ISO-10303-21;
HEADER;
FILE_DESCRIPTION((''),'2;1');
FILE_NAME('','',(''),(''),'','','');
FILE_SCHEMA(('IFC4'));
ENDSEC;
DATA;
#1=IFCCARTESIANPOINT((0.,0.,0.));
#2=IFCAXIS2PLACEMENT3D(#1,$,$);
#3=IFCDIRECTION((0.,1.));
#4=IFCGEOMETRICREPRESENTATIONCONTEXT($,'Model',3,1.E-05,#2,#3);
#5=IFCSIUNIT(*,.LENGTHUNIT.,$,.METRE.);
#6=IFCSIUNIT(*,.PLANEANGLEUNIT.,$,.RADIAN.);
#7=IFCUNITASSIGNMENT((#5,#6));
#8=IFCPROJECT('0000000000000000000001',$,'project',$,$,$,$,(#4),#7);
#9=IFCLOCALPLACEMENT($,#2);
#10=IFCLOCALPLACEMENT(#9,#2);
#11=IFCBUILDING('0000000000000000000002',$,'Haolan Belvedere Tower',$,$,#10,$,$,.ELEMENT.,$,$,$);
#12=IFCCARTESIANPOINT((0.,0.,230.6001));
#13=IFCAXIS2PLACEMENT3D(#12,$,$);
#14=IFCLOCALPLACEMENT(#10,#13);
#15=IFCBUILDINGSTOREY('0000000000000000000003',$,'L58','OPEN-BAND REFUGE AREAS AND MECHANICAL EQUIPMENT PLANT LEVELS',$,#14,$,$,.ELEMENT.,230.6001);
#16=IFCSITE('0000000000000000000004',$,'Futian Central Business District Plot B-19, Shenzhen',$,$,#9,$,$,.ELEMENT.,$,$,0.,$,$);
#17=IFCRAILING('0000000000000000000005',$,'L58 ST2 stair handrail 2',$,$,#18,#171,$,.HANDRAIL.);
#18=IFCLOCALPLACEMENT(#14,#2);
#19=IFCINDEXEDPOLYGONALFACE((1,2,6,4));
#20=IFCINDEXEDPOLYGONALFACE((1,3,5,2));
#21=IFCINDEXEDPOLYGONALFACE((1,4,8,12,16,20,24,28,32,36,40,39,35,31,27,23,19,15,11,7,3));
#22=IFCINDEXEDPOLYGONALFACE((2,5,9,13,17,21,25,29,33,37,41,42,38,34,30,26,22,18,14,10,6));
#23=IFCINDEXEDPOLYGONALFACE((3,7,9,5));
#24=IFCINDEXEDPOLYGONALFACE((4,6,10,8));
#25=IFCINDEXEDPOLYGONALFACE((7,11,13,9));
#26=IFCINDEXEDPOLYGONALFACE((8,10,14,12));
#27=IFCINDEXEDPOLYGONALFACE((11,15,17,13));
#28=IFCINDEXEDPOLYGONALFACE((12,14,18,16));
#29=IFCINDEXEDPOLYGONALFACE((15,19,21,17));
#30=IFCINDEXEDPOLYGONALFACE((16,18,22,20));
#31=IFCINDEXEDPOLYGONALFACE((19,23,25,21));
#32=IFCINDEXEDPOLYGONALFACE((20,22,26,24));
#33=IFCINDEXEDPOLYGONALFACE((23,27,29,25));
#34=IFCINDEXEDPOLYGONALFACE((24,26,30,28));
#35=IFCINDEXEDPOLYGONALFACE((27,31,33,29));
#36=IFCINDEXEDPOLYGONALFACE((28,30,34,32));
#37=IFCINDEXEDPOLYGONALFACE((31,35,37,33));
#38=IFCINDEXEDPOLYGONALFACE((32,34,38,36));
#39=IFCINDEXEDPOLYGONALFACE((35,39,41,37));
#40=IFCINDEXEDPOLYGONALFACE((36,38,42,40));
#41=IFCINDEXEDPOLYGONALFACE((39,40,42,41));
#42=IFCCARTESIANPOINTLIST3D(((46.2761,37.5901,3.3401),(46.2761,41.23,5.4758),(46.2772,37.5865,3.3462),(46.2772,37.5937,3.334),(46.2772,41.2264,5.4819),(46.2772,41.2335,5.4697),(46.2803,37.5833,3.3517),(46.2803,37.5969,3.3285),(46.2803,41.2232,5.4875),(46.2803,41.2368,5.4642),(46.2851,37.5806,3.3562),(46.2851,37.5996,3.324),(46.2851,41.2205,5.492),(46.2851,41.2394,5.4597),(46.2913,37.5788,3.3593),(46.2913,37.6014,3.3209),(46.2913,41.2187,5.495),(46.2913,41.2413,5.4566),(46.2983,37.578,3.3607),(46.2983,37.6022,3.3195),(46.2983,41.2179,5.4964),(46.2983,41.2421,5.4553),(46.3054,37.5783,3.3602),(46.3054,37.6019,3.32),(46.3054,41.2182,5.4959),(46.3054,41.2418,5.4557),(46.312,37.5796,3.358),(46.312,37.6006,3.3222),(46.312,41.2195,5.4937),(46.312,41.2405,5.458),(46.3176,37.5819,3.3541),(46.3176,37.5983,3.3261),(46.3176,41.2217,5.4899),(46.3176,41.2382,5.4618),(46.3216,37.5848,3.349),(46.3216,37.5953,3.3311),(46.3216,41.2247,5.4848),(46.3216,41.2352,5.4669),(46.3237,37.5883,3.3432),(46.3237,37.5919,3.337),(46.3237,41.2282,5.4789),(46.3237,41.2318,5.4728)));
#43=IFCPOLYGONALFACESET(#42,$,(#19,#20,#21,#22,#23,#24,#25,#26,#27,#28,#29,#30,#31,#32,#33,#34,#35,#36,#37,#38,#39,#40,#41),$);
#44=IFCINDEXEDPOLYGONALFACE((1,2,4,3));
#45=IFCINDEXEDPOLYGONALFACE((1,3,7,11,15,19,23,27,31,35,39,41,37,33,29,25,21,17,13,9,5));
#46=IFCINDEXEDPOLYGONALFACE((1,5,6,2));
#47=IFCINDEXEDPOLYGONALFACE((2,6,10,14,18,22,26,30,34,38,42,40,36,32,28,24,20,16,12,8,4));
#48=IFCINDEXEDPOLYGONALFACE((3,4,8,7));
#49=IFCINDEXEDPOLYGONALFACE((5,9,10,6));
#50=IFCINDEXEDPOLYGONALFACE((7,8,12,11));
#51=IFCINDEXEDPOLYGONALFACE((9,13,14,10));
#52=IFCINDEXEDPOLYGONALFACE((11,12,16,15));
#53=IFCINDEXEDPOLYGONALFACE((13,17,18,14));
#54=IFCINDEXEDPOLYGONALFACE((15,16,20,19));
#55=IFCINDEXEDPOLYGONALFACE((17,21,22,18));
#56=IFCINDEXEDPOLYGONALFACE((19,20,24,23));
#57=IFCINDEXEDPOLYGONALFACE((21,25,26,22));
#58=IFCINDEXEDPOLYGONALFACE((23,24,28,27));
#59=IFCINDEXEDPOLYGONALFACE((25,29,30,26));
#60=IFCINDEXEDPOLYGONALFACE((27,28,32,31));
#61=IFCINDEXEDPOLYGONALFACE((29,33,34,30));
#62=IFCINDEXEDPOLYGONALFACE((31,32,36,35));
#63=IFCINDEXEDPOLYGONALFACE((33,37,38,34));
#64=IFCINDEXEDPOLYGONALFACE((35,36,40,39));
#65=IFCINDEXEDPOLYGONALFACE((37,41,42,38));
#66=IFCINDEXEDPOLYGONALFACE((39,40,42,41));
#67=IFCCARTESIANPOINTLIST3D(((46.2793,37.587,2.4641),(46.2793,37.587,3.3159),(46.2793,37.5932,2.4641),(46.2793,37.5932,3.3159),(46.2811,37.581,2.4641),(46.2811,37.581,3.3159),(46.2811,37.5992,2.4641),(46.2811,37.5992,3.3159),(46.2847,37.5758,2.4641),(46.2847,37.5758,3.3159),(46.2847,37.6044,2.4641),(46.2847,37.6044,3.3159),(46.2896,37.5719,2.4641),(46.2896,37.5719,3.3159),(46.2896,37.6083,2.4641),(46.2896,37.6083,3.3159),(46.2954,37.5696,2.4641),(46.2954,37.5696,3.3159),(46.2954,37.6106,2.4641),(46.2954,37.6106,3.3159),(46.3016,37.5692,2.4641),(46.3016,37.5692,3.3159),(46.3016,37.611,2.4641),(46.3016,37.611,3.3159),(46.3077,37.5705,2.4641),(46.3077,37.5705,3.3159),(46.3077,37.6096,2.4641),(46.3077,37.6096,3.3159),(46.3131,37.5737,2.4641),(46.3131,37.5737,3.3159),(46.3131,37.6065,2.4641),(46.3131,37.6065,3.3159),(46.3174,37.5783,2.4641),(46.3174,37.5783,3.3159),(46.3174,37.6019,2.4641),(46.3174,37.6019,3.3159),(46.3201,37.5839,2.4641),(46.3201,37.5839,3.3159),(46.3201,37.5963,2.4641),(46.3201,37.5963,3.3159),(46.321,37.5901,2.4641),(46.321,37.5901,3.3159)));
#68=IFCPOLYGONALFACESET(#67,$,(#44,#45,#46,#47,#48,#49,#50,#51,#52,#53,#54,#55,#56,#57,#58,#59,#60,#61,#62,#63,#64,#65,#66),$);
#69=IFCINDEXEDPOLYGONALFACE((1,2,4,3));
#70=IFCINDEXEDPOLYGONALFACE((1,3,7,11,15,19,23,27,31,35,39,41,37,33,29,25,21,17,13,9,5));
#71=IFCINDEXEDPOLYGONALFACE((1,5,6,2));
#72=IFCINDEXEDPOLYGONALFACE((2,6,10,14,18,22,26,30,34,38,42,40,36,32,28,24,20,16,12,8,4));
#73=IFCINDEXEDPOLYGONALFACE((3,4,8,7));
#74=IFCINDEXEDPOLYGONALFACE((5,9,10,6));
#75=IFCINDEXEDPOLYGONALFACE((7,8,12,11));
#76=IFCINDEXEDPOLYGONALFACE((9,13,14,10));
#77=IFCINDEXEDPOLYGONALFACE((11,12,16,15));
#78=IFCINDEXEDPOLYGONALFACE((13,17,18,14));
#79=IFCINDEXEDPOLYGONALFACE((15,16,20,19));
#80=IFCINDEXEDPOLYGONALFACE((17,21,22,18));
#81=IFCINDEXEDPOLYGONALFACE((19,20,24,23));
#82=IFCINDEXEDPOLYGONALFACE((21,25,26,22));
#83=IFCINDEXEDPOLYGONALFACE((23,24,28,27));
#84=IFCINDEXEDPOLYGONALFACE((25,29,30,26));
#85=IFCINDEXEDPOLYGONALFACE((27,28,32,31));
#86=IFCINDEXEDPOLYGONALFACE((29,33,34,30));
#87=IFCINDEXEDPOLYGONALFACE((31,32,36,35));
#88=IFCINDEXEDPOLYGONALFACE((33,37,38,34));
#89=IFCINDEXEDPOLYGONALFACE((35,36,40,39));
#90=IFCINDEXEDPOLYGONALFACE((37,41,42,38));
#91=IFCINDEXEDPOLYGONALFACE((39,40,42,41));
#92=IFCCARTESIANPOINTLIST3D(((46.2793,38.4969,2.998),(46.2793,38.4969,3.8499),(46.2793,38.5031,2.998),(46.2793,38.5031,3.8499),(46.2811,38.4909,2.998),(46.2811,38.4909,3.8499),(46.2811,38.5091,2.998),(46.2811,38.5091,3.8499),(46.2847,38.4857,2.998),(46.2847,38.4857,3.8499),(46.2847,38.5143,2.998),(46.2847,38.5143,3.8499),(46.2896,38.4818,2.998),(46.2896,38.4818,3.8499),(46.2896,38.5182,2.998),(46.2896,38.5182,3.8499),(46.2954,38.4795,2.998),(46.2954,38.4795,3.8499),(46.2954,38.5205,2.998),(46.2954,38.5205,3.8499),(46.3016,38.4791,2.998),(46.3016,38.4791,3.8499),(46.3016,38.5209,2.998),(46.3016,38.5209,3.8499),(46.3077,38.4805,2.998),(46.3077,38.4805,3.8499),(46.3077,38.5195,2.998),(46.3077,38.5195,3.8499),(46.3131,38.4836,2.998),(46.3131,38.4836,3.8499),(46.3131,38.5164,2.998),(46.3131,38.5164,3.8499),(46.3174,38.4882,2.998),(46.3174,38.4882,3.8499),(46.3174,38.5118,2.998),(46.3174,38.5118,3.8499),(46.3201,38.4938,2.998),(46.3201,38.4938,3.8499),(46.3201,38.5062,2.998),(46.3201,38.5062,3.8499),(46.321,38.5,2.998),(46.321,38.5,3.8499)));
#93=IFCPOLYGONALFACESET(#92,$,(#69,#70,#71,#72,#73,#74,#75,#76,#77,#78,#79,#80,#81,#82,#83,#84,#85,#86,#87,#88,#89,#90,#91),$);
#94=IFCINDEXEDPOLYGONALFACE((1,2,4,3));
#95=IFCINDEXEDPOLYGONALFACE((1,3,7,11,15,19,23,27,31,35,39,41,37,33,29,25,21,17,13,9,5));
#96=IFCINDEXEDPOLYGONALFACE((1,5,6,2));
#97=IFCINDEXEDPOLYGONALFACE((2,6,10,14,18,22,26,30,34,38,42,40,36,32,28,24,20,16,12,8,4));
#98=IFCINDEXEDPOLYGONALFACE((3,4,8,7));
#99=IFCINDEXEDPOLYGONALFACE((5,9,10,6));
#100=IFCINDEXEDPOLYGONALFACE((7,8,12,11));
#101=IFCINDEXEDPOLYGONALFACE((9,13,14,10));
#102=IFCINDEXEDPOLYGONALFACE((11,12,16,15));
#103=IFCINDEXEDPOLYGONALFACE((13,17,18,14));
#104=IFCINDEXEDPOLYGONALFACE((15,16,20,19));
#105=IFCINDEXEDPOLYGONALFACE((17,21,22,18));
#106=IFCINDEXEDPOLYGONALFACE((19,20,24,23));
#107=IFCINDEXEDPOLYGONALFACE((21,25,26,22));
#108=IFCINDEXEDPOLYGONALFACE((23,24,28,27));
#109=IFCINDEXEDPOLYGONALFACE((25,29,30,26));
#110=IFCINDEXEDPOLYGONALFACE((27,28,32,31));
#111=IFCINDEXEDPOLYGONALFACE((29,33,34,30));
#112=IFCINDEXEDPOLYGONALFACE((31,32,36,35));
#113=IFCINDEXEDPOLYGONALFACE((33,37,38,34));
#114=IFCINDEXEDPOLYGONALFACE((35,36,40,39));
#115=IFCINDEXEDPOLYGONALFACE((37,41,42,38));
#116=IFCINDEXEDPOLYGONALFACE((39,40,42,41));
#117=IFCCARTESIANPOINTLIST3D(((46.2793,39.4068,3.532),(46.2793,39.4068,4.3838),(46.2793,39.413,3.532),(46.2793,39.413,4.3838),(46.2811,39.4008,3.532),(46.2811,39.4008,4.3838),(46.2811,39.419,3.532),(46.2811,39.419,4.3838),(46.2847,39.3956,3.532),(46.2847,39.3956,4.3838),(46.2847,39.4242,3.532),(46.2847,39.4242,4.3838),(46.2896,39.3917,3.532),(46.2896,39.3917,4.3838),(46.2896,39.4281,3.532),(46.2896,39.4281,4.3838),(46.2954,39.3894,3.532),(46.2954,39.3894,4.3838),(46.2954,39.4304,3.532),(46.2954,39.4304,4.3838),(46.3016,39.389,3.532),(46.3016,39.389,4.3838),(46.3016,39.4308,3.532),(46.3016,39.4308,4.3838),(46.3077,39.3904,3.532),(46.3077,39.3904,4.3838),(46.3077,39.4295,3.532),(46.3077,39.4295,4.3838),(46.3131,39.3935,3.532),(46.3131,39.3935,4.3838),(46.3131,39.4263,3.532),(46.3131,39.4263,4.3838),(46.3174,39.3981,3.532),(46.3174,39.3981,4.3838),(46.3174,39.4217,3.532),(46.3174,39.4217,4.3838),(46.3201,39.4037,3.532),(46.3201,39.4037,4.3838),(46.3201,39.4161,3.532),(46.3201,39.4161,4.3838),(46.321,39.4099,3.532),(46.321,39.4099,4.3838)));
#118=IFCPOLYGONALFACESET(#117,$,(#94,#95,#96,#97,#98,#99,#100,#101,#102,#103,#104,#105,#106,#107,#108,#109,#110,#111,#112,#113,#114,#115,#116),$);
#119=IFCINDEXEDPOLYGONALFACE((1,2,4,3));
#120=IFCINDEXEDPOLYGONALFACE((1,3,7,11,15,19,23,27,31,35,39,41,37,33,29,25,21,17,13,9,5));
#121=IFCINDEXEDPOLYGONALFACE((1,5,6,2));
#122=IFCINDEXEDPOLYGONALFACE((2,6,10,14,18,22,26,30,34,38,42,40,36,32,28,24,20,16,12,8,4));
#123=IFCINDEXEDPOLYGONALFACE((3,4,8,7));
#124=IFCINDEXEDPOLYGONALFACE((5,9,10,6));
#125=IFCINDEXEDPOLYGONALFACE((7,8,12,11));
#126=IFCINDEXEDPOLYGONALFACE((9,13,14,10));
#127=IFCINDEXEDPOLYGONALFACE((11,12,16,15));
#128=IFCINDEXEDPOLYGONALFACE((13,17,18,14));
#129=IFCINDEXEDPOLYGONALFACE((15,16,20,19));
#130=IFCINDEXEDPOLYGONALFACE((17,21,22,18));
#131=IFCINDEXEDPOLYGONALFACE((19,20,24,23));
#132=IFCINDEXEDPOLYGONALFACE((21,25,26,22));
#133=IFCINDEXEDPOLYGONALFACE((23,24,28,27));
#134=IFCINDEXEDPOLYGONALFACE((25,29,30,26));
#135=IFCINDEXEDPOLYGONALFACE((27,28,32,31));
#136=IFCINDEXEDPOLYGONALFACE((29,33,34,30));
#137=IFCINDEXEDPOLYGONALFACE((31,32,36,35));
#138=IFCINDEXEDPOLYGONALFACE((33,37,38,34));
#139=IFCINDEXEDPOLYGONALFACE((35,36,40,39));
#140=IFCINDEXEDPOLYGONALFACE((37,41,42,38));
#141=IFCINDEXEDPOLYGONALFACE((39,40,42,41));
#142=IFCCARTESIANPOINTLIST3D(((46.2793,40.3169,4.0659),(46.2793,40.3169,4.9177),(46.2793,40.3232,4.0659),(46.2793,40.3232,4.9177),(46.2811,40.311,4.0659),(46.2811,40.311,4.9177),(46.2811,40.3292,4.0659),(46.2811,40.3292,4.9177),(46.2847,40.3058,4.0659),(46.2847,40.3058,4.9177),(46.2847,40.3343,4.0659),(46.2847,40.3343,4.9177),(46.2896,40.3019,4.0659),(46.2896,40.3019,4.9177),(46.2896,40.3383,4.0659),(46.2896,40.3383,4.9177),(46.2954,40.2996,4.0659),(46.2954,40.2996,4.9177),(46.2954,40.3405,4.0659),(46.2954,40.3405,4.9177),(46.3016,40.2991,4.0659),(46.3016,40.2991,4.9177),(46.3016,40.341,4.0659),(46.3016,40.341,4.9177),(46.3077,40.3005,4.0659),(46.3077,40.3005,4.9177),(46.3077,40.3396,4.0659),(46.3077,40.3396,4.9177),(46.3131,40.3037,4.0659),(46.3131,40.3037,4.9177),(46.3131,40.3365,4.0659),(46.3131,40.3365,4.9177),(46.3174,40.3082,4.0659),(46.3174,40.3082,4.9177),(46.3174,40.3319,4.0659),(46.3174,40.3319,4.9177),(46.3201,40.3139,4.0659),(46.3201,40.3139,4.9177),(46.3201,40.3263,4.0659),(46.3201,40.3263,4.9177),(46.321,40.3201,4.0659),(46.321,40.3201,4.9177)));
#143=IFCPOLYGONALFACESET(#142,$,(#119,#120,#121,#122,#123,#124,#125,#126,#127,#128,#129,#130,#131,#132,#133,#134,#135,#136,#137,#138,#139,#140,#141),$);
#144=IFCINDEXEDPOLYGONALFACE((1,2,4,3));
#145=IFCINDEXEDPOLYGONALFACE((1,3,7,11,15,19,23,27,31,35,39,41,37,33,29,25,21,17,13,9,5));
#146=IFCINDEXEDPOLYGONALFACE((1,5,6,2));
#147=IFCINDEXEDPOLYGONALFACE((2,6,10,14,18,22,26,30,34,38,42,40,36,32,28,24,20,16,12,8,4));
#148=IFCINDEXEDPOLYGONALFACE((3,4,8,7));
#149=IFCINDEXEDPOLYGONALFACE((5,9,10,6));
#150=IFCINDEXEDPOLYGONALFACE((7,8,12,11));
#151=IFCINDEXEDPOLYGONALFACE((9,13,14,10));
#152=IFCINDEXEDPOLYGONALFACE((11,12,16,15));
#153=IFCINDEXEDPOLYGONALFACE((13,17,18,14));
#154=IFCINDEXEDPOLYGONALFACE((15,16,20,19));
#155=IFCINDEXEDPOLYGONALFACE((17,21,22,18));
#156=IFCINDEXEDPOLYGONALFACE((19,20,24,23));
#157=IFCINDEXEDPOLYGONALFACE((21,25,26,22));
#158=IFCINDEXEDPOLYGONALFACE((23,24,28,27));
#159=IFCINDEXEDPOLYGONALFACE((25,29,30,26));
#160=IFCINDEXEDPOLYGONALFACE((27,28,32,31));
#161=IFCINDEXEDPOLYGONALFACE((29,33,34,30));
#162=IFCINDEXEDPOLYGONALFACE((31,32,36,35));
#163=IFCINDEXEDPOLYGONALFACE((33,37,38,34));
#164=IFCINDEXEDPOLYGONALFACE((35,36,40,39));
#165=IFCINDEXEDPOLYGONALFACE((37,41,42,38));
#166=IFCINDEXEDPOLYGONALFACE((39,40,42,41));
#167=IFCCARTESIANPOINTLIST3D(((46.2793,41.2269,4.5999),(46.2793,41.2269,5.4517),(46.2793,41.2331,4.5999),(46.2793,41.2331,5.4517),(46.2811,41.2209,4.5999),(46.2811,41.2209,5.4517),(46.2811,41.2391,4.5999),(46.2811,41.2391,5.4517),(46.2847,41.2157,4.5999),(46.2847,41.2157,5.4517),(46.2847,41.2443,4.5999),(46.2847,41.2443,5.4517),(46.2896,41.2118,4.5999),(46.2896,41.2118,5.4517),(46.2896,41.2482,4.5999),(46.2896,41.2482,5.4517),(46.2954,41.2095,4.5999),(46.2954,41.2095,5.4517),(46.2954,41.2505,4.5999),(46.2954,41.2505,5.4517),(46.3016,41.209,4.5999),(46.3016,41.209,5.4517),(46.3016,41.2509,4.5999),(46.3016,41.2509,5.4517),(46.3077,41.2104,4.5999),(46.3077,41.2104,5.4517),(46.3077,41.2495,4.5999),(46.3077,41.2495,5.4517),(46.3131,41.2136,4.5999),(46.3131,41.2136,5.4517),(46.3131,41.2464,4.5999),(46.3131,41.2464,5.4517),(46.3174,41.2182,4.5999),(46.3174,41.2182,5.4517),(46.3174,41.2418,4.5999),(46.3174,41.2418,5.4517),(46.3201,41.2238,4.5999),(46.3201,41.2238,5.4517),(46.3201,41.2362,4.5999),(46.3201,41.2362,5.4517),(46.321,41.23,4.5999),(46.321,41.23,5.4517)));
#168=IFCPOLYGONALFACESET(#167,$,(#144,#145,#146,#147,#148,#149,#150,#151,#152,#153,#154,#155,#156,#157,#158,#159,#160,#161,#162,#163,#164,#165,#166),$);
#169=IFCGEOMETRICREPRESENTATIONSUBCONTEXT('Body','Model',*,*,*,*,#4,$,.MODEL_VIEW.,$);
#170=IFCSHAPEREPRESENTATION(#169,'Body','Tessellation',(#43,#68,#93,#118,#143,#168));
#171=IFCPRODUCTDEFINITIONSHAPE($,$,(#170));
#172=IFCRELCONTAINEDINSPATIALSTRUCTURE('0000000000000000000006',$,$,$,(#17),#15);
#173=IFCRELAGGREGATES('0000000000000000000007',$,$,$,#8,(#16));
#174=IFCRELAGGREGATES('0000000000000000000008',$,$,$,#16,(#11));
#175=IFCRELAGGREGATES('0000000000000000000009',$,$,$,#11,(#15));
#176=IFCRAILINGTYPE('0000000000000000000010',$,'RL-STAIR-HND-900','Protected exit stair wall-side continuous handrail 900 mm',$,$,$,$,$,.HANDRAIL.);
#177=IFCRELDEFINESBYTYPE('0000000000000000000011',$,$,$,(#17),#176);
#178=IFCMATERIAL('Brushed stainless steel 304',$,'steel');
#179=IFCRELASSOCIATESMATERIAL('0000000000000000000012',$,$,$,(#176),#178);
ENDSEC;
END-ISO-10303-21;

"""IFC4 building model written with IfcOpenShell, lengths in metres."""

from ifc_helpers import new_model, si_unit, direction, frame, origin, origin_2d, place, context, subcontext, project, spatial, circle, extrude, material, type_object, element, save


model = new_model("IFC4")

# Units and contexts
model_context = context("Model", 3, precision=1e-05, world=origin(), true_north=direction((0.0, 1.0)))
body_context = subcontext(model_context, "Body", "Model", "MODEL_VIEW")
ifc_project = project(units=[si_unit("LENGTHUNIT", "METRE"), si_unit("PLANEANGLEUNIT", "RADIAN")], contexts=[model_context])

# Site, building, storey
site_placement = place(None, origin())
site = spatial("IfcSite", under=ifc_project, at=site_placement, Name="Futian Central Business District Plot B-19, Shenzhen", CompositionType="ELEMENT", RefElevation=0.0)
building_placement = place(site_placement, origin())
building = spatial("IfcBuilding", under=site, at=building_placement, Name="Haolan Belvedere Tower", CompositionType="ELEMENT")
storey_placement = place(building_placement, frame((0.0, 0.0, 230.6001)))
storey = spatial("IfcBuildingStorey", under=building, at=storey_placement, Name="L58", Description="OPEN-BAND REFUGE AREAS AND MECHANICAL EQUIPMENT PLANT LEVELS", CompositionType="ELEMENT", Elevation=230.6001)

# Railing
ifc_material_1 = material(Name="Brushed stainless steel 304", Category="steel")
railing_type_1 = type_object("IfcRailingType", Name="RL-STAIR-HND-900", Description="Protected exit stair wall-side continuous handrail 900 mm", PredefinedType="HANDRAIL", material=ifc_material_1)
railing_1_placement = place(storey_placement, frame((46.3, 37.5901, 2.4641)))
element("IfcRailing", 1, at=railing_1_placement, inside=storey, type_object=railing_type_1, Name="L58 ST2 stair handrail 2", PredefinedType="HANDRAIL", context=body_context, shape_type="SweptSolid", body=[
    extrude(circle(Radius=0.0239, at=origin_2d()), frame((0.0, 0.0, 0.876), z_axis=(0.0, 0.86249, 0.506074), x_axis=(-1.0, 0.0, 0.0)), (0.0, 0.0, 1.0), 4.2202),
    extrude(circle(Radius=0.021, at=origin_2d()), origin(), (0.0, 0.0, 1.0), 0.8518),
    extrude(circle(Radius=0.021, at=origin_2d()), frame((0.0, 0.9099, 0.5339)), (0.0, 0.0, 1.0), 0.8518),
    extrude(circle(Radius=0.021, at=origin_2d()), frame((0.0, 1.8198, 1.0679)), (0.0, 0.0, 1.0), 0.8518),
    extrude(circle(Radius=0.021, at=origin_2d()), frame((0.0, 2.73, 1.6018)), (0.0, 0.0, 1.0), 0.8518),
    extrude(circle(Radius=0.021, at=origin_2d()), frame((0.0, 3.6399, 2.1357)), (0.0, 0.0, 1.0), 0.8518),
])

save(model, "model.ifc")
